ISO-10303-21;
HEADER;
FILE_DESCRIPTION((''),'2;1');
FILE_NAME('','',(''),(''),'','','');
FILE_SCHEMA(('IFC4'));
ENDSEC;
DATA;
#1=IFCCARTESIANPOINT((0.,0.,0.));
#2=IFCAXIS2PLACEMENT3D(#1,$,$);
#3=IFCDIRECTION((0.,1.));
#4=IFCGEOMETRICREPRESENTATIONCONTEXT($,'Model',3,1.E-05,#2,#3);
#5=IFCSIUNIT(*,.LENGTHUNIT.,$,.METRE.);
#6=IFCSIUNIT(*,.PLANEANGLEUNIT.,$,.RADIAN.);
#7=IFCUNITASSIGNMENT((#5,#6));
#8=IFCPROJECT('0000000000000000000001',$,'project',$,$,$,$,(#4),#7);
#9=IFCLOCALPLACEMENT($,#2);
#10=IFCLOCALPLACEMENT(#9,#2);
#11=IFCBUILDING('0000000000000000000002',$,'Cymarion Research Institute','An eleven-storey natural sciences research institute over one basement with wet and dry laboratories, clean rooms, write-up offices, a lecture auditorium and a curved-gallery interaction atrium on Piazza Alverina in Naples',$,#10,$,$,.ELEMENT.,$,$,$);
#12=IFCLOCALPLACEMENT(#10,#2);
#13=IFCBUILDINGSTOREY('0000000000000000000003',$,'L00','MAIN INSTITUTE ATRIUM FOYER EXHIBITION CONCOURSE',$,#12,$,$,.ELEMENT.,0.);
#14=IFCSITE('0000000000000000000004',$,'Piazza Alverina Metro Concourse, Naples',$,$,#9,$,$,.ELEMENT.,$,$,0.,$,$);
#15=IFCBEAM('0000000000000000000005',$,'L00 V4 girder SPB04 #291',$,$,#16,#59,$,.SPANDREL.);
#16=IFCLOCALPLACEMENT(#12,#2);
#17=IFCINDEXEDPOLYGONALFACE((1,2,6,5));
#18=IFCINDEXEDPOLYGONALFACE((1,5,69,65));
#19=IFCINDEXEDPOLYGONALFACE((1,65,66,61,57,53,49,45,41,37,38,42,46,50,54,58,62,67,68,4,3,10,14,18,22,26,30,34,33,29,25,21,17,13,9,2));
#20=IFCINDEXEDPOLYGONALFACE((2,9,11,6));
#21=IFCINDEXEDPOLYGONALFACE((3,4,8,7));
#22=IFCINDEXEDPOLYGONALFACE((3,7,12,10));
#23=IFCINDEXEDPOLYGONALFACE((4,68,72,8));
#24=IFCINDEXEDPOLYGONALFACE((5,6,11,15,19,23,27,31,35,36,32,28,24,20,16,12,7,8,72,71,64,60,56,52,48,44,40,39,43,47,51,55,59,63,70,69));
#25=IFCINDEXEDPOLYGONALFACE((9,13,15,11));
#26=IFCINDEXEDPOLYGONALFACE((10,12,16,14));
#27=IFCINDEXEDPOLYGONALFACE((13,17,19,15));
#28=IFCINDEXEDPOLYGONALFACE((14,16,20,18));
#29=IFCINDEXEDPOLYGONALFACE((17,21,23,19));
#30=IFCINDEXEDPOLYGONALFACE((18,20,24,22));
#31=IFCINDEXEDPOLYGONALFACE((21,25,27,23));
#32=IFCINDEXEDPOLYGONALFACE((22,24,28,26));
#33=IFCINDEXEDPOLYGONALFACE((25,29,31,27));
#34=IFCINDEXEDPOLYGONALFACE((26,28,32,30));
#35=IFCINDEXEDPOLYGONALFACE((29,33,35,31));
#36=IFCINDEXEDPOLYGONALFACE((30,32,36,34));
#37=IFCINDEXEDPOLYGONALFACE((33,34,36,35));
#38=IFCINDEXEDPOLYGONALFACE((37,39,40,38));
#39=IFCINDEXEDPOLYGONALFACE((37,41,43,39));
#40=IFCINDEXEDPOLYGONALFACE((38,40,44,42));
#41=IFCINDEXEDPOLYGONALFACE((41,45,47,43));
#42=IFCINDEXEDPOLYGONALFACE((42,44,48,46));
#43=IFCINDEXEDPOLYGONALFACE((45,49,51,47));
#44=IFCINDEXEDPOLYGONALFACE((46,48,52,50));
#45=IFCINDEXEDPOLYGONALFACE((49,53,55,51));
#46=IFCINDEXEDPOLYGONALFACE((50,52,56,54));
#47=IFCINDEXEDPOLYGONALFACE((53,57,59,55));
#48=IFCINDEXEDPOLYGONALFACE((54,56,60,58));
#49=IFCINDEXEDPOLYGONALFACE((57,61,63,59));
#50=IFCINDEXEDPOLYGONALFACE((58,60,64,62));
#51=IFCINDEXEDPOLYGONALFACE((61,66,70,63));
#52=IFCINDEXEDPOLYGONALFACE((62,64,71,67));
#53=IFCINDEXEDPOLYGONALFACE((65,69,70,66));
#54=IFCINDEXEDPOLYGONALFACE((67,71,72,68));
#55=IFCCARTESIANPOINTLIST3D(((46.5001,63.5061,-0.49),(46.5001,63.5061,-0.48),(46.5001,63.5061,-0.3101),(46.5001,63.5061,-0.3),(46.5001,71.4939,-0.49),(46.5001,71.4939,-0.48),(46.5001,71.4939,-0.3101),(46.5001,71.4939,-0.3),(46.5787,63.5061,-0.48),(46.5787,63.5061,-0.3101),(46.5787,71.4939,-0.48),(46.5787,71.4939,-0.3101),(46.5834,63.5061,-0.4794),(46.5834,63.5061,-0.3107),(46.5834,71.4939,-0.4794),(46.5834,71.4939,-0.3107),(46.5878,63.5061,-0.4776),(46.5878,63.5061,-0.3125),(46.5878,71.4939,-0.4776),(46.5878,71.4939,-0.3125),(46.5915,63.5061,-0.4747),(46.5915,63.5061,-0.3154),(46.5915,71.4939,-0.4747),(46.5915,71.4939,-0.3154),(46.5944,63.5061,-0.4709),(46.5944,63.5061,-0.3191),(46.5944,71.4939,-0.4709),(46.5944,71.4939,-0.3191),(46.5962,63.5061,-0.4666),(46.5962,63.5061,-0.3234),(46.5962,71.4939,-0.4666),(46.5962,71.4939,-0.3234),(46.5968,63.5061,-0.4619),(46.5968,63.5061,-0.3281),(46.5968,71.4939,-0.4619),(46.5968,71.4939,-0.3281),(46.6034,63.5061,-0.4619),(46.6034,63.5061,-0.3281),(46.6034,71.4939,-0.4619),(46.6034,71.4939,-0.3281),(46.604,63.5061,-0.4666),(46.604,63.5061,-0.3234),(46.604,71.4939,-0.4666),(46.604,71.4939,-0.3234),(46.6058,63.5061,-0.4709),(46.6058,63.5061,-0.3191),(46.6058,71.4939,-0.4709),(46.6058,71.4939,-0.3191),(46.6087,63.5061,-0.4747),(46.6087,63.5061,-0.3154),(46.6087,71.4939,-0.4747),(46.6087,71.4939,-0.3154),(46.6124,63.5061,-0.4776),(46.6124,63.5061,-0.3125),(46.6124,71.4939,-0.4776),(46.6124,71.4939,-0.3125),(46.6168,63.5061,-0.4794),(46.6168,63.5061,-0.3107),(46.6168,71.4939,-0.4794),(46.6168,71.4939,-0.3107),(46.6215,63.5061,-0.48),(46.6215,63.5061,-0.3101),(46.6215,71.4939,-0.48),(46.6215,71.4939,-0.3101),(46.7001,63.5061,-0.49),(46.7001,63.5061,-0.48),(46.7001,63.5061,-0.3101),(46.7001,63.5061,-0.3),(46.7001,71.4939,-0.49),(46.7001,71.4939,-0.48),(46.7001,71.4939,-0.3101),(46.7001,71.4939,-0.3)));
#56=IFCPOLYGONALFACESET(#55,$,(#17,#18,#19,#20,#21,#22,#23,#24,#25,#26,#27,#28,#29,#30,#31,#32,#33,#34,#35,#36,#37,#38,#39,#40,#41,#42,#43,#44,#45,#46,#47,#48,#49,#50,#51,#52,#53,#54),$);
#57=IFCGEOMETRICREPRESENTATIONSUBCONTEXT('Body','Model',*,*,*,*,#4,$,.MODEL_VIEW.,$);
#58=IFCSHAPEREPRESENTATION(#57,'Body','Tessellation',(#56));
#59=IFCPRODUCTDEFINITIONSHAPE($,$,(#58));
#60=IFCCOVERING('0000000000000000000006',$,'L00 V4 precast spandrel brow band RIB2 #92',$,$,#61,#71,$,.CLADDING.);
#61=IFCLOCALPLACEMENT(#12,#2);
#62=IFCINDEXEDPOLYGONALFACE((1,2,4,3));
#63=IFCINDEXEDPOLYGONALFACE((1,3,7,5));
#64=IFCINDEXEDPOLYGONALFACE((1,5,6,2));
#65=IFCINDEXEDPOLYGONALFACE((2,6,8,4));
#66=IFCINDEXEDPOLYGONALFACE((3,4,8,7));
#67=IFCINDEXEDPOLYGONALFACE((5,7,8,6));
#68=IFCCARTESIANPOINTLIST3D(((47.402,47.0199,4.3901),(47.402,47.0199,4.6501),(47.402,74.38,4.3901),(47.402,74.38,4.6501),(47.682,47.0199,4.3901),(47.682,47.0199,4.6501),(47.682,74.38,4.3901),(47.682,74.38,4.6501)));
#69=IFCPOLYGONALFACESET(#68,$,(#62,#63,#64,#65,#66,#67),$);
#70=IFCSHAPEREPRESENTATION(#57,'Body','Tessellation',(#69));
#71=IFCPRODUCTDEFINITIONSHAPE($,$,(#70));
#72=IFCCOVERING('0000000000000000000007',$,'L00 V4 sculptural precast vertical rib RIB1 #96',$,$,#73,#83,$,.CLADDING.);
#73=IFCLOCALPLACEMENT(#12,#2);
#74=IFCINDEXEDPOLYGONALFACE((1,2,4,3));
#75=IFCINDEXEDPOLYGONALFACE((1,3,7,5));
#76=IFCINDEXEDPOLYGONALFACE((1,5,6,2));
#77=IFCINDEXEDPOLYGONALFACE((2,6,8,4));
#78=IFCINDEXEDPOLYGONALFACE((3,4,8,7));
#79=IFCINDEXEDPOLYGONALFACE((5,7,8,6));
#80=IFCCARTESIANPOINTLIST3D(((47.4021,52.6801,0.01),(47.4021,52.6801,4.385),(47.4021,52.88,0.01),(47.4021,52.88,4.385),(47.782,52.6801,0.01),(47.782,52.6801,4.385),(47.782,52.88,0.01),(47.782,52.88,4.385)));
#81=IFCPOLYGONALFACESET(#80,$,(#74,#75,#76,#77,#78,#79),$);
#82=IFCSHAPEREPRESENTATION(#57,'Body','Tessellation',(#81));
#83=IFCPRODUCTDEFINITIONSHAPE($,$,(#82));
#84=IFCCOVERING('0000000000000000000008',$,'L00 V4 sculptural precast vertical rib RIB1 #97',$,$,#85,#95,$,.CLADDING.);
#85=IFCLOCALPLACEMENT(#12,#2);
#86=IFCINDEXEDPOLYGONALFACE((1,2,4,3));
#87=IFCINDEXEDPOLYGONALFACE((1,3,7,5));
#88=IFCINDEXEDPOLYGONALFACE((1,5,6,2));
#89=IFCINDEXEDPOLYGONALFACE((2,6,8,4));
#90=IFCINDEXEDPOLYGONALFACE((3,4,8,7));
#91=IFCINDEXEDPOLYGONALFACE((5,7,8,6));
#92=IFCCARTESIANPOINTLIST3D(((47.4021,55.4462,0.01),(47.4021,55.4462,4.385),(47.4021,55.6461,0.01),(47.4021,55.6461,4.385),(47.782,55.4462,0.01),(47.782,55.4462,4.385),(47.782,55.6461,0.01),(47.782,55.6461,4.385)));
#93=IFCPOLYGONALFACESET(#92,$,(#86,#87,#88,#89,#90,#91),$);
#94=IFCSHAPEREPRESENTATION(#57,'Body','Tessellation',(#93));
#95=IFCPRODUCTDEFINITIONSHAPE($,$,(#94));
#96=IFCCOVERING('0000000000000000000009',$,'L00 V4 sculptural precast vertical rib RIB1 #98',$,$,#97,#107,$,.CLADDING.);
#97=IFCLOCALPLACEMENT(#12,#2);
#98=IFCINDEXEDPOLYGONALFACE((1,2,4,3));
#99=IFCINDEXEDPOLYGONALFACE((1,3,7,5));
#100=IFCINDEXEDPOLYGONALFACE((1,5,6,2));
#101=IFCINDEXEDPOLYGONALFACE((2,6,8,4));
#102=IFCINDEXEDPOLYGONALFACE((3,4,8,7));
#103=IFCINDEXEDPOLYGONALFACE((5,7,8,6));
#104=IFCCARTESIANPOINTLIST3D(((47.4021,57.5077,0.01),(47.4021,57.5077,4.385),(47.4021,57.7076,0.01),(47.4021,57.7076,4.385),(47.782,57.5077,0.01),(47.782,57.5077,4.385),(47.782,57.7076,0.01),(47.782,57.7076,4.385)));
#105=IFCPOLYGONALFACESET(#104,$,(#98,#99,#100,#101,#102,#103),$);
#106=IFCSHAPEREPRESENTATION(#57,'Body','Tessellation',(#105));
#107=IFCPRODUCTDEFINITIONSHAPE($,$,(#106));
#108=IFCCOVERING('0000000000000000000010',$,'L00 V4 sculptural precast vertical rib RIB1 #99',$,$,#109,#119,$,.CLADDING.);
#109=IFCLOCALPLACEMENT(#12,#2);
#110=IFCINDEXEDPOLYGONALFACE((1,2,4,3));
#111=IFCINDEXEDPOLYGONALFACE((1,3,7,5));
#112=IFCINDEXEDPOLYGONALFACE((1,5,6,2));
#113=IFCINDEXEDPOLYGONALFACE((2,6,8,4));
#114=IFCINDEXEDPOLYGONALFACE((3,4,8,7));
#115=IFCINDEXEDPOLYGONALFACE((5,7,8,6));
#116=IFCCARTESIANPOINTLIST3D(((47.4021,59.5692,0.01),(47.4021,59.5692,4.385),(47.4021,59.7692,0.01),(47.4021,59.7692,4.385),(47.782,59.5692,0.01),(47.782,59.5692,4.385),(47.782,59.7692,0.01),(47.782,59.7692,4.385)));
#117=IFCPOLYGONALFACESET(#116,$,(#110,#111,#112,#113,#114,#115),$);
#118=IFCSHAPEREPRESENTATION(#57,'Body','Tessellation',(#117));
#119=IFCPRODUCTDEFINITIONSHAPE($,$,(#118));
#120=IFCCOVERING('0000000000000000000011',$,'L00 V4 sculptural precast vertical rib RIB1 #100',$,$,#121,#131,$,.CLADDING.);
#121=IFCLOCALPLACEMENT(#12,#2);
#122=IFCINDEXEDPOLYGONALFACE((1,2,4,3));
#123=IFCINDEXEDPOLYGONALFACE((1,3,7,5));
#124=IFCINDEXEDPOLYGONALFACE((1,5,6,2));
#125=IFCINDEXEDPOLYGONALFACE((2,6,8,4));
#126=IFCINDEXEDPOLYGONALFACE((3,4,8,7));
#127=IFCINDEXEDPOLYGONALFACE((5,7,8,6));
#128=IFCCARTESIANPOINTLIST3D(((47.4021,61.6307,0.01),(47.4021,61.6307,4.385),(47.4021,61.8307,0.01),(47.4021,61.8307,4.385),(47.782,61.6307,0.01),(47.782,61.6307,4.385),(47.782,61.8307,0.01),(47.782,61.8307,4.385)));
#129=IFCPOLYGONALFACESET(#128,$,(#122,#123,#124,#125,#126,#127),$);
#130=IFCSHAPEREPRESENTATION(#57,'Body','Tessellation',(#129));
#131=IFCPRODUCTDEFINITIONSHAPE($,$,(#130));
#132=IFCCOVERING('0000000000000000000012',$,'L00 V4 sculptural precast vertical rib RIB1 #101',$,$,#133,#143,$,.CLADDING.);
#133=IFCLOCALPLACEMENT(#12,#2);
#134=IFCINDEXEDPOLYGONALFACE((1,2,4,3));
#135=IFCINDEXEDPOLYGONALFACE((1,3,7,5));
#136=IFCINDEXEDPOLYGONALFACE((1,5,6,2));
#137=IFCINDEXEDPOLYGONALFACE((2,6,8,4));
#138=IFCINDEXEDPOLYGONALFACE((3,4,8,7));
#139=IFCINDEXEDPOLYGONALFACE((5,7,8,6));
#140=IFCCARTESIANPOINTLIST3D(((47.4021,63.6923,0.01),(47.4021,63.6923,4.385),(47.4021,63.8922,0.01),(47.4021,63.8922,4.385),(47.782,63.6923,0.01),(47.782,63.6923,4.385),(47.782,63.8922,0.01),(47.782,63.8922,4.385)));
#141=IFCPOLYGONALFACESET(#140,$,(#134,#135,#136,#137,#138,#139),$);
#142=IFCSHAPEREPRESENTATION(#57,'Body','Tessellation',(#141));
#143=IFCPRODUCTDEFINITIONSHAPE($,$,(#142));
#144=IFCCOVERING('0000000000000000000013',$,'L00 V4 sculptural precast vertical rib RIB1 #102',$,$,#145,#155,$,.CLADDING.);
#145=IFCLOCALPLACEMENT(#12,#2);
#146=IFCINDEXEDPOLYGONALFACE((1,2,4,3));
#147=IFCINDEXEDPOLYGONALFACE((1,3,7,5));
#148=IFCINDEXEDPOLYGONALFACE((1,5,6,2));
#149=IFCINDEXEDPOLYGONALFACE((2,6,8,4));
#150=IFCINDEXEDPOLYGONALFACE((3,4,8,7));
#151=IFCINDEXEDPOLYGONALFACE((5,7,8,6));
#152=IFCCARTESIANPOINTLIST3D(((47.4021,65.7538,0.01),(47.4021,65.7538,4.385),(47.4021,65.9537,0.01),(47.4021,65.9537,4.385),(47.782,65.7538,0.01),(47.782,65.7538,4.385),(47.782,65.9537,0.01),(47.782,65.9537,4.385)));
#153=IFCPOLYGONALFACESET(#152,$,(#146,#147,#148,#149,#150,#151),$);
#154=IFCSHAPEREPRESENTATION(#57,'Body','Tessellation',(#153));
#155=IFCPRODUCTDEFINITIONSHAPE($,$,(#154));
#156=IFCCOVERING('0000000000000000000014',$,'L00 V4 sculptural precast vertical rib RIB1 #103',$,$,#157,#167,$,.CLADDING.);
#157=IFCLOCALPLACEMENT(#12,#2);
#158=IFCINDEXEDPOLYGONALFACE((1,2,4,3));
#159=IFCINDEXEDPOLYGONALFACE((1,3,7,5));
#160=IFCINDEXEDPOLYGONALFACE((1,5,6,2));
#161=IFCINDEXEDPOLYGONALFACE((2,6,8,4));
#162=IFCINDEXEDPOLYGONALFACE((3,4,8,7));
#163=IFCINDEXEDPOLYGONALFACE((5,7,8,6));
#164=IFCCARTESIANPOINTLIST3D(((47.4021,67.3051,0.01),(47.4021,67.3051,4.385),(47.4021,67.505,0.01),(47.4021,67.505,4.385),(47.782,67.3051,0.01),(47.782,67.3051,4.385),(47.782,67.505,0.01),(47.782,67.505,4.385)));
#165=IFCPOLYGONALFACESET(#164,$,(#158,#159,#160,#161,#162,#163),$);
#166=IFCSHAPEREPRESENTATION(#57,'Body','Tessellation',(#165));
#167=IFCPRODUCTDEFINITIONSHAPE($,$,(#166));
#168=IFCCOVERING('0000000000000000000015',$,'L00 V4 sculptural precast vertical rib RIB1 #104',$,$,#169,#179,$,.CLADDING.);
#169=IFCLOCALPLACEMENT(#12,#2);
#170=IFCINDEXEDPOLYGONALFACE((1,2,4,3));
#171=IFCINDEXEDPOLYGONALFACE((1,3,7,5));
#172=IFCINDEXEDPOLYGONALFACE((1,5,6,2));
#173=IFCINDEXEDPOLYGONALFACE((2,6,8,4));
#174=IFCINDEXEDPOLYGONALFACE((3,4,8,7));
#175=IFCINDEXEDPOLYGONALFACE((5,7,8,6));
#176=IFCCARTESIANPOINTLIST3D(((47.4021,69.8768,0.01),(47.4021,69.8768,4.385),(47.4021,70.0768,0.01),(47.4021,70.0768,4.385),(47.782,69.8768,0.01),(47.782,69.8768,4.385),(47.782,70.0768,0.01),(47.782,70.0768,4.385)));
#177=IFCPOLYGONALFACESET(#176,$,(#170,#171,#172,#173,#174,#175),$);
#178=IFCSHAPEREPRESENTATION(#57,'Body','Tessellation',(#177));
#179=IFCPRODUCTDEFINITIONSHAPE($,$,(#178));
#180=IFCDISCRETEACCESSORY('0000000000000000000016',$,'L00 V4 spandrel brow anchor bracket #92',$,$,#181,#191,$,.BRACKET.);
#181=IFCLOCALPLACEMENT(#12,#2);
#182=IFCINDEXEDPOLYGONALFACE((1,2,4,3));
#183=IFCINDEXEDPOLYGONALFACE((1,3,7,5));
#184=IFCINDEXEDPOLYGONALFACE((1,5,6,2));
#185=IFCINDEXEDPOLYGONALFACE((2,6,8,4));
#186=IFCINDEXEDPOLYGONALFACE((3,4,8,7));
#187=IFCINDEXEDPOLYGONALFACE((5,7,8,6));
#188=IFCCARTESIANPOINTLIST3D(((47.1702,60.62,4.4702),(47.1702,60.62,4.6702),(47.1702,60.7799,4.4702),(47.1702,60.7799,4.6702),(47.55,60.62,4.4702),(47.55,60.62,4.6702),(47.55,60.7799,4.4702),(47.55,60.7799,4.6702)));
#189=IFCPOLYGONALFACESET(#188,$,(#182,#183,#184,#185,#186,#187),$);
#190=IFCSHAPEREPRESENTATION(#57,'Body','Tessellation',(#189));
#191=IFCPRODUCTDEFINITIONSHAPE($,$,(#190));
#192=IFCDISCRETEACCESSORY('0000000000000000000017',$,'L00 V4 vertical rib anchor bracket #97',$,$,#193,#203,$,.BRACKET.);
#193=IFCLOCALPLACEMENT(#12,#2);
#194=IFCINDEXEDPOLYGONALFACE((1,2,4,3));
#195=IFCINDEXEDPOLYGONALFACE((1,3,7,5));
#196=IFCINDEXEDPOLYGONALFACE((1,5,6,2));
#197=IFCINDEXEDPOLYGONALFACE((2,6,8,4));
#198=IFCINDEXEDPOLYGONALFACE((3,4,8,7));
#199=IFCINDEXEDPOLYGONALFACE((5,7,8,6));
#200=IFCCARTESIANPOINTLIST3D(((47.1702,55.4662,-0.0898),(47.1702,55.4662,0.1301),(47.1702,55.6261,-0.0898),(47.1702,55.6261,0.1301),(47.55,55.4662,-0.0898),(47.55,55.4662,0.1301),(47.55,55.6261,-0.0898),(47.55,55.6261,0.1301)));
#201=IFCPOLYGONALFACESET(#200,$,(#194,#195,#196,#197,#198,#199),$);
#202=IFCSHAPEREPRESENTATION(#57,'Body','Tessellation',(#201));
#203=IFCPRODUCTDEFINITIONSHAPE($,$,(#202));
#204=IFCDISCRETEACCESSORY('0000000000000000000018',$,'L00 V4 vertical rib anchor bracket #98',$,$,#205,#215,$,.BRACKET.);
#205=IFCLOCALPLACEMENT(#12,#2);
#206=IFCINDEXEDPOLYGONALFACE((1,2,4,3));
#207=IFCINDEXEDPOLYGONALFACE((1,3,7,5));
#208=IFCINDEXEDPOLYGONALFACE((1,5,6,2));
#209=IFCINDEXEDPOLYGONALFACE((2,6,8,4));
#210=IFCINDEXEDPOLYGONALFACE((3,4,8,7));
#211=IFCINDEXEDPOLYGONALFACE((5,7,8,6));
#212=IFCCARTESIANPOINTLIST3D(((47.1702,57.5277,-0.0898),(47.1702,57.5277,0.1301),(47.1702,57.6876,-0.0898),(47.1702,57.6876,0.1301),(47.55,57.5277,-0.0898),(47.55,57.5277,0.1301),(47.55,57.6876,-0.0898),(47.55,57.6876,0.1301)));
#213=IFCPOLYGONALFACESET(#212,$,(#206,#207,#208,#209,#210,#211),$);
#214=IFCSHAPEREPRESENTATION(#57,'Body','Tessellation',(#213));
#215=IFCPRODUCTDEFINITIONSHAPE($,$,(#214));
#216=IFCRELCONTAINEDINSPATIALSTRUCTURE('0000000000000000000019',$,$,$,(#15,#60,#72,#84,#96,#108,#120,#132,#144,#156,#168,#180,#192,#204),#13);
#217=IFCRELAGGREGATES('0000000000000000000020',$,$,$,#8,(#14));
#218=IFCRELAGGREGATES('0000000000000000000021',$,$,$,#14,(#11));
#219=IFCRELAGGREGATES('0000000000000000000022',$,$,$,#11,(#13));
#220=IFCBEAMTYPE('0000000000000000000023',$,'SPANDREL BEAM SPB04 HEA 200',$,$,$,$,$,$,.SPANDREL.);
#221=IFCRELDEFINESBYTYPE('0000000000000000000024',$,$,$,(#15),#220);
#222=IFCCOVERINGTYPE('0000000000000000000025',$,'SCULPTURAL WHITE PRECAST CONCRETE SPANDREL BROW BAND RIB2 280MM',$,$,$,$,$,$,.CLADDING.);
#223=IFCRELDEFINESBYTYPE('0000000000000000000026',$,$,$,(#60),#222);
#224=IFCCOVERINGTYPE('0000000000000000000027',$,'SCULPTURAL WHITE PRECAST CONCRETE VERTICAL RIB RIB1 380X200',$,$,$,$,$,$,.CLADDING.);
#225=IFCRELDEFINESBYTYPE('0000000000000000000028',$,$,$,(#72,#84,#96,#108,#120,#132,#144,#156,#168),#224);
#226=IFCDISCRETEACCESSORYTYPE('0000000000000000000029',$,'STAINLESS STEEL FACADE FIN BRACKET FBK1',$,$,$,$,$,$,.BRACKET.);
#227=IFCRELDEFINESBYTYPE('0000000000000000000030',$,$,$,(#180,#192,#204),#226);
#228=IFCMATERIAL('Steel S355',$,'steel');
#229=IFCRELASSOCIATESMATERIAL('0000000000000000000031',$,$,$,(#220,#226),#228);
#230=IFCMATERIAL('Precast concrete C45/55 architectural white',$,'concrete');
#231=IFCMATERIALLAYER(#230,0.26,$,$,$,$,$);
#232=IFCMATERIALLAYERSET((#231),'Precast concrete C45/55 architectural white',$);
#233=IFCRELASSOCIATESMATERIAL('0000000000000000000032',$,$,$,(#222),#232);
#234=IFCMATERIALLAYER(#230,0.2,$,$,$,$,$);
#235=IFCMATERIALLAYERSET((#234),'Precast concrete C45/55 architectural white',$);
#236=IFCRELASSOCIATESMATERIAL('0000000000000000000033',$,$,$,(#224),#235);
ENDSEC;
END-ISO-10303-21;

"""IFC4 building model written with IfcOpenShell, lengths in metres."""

from ifc_helpers import new_model, si_unit, direction, frame, origin, origin_2d, place, context, subcontext, project, spatial, rectangle, i_section, extrude, material, layer, layer_set, material_profile, profile_set, type_object, element, save


model = new_model("IFC4")

# Units and contexts
model_context = context("Model", 3, precision=1e-05, world=origin(), true_north=direction((0.0, 1.0)))
body_context = subcontext(model_context, "Body", "Model", "MODEL_VIEW")
ifc_project = project(units=[si_unit("LENGTHUNIT", "METRE"), si_unit("PLANEANGLEUNIT", "RADIAN")], contexts=[model_context])

# Site, building, storey
site_placement = place(None, origin())
site = spatial("IfcSite", under=ifc_project, at=site_placement, Name="Piazza Alverina Metro Concourse, Naples", CompositionType="ELEMENT", RefElevation=0.0)
building_placement = place(site_placement, origin())
building = spatial("IfcBuilding", under=site, at=building_placement, Name="Cymarion Research Institute", Description="An eleven-storey natural sciences research institute over one basement with wet and dry laboratories, clean rooms, write-up offices, a lecture auditorium and a curved-gallery interaction atrium on Piazza Alverina in Naples", CompositionType="ELEMENT")
storey_placement = place(building_placement, origin())
storey = spatial("IfcBuildingStorey", under=building, at=storey_placement, Name="L00", Description="MAIN INSTITUTE ATRIUM FOYER EXHIBITION CONCOURSE", CompositionType="ELEMENT", Elevation=0.0)

# Shared definitions
ifc_material_1 = material(Name="Steel S355", Category="steel")

# Beam
ifc_material_profile_1 = material_profile(ifc_material_1, i_section(OverallWidth=0.2, OverallDepth=0.1899, WebThickness=0.0066, FlangeThickness=0.01, FilletRadius=0.0181, at=origin_2d()), Name="HEA 200")
ifc_profile_set_1 = profile_set([ifc_material_profile_1], Name="Steel S355")
beam_type = type_object("IfcBeamType", Name="SPANDREL BEAM SPB04 HEA 200", PredefinedType="SPANDREL", material=ifc_profile_set_1)
for number, where, z_axis, x_axis, name in (
    (1, (46.6001, 63.5061, -0.395), (0.0, 1.0, 0.0), (-1.0, 0.0, 0.0), "L00 V4 girder SPB04 #291"),
):
    element("IfcBeam", number, at=place(storey_placement, frame(where, z_axis=z_axis, x_axis=x_axis)), inside=storey, type_object=beam_type, Name=name, PredefinedType="SPANDREL", context=body_context, shape_type="SweptSolid", body=[
        extrude(i_section(OverallWidth=0.2, OverallDepth=0.1899, WebThickness=0.0066, FlangeThickness=0.01, FilletRadius=0.0181, at=origin_2d()), origin(), (0.0, 0.0, 1.0), 7.9878),
    ])

# Coverings
ifc_material_2 = material(Name="Precast concrete C45/55 architectural white", Category="concrete")
ifc_layer_1 = layer(ifc_material_2, 0.26)
ifc_layer_set_1 = layer_set([ifc_layer_1], Name="Precast concrete C45/55 architectural white")
covering_type_1 = type_object("IfcCoveringType", Name="SCULPTURAL WHITE PRECAST CONCRETE SPANDREL BROW BAND RIB2 280MM", PredefinedType="CLADDING", material=ifc_layer_set_1)
covering_placement = place(storey_placement, frame((47.542, 60.7, 4.3901), z_axis=(0.0, 0.0, 1.0), x_axis=(1.0, 0.0, 0.0)))
element("IfcCovering", 2, at=covering_placement, inside=storey, type_object=covering_type_1, Name="L00 V4 precast spandrel brow band RIB2 #92", PredefinedType="CLADDING", context=body_context, shape_type="SweptSolid", body=[
    extrude(rectangle(XDim=0.28, YDim=27.3601, at=origin_2d()), origin(), (0.0, 0.0, 1.0), 0.26),
])
ifc_layer_2 = layer(ifc_material_2, 0.2)
ifc_layer_set_2 = layer_set([ifc_layer_2], Name="Precast concrete C45/55 architectural white")
covering_type_2 = type_object("IfcCoveringType", Name="SCULPTURAL WHITE PRECAST CONCRETE VERTICAL RIB RIB1 380X200", PredefinedType="CLADDING", material=ifc_layer_set_2)
for number, where, z_axis, x_axis, name in (
    (3, (47.592, 52.78, 0.01), (0.0, 0.0, 1.0), (1.0, 0.0, 0.0), "L00 V4 sculptural precast vertical rib RIB1 #96"),
    (4, (47.592, 55.5461, 0.01), (0.0, 0.0, 1.0), (1.0, 0.0, 0.0), "L00 V4 sculptural precast vertical rib RIB1 #97"),
    (5, (47.592, 57.6077, 0.01), (0.0, 0.0, 1.0), (1.0, 0.0, 0.0), "L00 V4 sculptural precast vertical rib RIB1 #98"),
    (6, (47.592, 59.6692, 0.01), (0.0, 0.0, 1.0), (1.0, 0.0, 0.0), "L00 V4 sculptural precast vertical rib RIB1 #99"),
    (7, (47.592, 61.7307, 0.01), (0.0, 0.0, 1.0), (1.0, 0.0, 0.0), "L00 V4 sculptural precast vertical rib RIB1 #100"),
    (8, (47.592, 63.7922, 0.01), (0.0, 0.0, 1.0), (1.0, 0.0, 0.0), "L00 V4 sculptural precast vertical rib RIB1 #101"),
    (9, (47.592, 65.8538, 0.01), (0.0, 0.0, 1.0), (1.0, 0.0, 0.0), "L00 V4 sculptural precast vertical rib RIB1 #102"),
    (10, (47.592, 67.405, 0.01), (0.0, 0.0, 1.0), (1.0, 0.0, 0.0), "L00 V4 sculptural precast vertical rib RIB1 #103"),
    (11, (47.592, 69.9768, 0.01), (0.0, 0.0, 1.0), (1.0, 0.0, 0.0), "L00 V4 sculptural precast vertical rib RIB1 #104"),
):
    element("IfcCovering", number, at=place(storey_placement, frame(where, z_axis=z_axis, x_axis=x_axis)), inside=storey, type_object=covering_type_2, Name=name, PredefinedType="CLADDING", context=body_context, shape_type="SweptSolid", body=[
        extrude(rectangle(XDim=0.3799, YDim=0.2, at=origin_2d()), origin(), (0.0, 0.0, 1.0), 4.375),
    ])

# Discrete accessories
discrete_accessory_type = type_object("IfcDiscreteAccessoryType", Name="STAINLESS STEEL FACADE FIN BRACKET FBK1", PredefinedType="BRACKET", material=ifc_material_1)
discrete_accessory_placement = place(storey_placement, frame((47.3601, 60.7, 4.4702), z_axis=(0.0, 0.0, 1.0), x_axis=(1.0, 0.0, 0.0)))
element("IfcDiscreteAccessory", 12, at=discrete_accessory_placement, inside=storey, type_object=discrete_accessory_type, Name="L00 V4 spandrel brow anchor bracket #92", PredefinedType="BRACKET", context=body_context, shape_type="SweptSolid", body=[
    extrude(rectangle(XDim=0.3799, YDim=0.1599, at=origin_2d()), origin(), (0.0, 0.0, 1.0), 0.2),
])
for number, where, z_axis, x_axis, name in (
    (13, (47.3601, 55.5461, -0.0898), (0.0, 0.0, 1.0), (1.0, 0.0, 0.0), "L00 V4 vertical rib anchor bracket #97"),
    (14, (47.3601, 57.6077, -0.0898), (0.0, 0.0, 1.0), (1.0, 0.0, 0.0), "L00 V4 vertical rib anchor bracket #98"),
):
    element("IfcDiscreteAccessory", number, at=place(storey_placement, frame(where, z_axis=z_axis, x_axis=x_axis)), inside=storey, type_object=discrete_accessory_type, Name=name, PredefinedType="BRACKET", context=body_context, shape_type="SweptSolid", body=[
        extrude(rectangle(XDim=0.3799, YDim=0.1599, at=origin_2d()), origin(), (0.0, 0.0, 1.0), 0.22),
    ])

save(model, "model.ifc")
